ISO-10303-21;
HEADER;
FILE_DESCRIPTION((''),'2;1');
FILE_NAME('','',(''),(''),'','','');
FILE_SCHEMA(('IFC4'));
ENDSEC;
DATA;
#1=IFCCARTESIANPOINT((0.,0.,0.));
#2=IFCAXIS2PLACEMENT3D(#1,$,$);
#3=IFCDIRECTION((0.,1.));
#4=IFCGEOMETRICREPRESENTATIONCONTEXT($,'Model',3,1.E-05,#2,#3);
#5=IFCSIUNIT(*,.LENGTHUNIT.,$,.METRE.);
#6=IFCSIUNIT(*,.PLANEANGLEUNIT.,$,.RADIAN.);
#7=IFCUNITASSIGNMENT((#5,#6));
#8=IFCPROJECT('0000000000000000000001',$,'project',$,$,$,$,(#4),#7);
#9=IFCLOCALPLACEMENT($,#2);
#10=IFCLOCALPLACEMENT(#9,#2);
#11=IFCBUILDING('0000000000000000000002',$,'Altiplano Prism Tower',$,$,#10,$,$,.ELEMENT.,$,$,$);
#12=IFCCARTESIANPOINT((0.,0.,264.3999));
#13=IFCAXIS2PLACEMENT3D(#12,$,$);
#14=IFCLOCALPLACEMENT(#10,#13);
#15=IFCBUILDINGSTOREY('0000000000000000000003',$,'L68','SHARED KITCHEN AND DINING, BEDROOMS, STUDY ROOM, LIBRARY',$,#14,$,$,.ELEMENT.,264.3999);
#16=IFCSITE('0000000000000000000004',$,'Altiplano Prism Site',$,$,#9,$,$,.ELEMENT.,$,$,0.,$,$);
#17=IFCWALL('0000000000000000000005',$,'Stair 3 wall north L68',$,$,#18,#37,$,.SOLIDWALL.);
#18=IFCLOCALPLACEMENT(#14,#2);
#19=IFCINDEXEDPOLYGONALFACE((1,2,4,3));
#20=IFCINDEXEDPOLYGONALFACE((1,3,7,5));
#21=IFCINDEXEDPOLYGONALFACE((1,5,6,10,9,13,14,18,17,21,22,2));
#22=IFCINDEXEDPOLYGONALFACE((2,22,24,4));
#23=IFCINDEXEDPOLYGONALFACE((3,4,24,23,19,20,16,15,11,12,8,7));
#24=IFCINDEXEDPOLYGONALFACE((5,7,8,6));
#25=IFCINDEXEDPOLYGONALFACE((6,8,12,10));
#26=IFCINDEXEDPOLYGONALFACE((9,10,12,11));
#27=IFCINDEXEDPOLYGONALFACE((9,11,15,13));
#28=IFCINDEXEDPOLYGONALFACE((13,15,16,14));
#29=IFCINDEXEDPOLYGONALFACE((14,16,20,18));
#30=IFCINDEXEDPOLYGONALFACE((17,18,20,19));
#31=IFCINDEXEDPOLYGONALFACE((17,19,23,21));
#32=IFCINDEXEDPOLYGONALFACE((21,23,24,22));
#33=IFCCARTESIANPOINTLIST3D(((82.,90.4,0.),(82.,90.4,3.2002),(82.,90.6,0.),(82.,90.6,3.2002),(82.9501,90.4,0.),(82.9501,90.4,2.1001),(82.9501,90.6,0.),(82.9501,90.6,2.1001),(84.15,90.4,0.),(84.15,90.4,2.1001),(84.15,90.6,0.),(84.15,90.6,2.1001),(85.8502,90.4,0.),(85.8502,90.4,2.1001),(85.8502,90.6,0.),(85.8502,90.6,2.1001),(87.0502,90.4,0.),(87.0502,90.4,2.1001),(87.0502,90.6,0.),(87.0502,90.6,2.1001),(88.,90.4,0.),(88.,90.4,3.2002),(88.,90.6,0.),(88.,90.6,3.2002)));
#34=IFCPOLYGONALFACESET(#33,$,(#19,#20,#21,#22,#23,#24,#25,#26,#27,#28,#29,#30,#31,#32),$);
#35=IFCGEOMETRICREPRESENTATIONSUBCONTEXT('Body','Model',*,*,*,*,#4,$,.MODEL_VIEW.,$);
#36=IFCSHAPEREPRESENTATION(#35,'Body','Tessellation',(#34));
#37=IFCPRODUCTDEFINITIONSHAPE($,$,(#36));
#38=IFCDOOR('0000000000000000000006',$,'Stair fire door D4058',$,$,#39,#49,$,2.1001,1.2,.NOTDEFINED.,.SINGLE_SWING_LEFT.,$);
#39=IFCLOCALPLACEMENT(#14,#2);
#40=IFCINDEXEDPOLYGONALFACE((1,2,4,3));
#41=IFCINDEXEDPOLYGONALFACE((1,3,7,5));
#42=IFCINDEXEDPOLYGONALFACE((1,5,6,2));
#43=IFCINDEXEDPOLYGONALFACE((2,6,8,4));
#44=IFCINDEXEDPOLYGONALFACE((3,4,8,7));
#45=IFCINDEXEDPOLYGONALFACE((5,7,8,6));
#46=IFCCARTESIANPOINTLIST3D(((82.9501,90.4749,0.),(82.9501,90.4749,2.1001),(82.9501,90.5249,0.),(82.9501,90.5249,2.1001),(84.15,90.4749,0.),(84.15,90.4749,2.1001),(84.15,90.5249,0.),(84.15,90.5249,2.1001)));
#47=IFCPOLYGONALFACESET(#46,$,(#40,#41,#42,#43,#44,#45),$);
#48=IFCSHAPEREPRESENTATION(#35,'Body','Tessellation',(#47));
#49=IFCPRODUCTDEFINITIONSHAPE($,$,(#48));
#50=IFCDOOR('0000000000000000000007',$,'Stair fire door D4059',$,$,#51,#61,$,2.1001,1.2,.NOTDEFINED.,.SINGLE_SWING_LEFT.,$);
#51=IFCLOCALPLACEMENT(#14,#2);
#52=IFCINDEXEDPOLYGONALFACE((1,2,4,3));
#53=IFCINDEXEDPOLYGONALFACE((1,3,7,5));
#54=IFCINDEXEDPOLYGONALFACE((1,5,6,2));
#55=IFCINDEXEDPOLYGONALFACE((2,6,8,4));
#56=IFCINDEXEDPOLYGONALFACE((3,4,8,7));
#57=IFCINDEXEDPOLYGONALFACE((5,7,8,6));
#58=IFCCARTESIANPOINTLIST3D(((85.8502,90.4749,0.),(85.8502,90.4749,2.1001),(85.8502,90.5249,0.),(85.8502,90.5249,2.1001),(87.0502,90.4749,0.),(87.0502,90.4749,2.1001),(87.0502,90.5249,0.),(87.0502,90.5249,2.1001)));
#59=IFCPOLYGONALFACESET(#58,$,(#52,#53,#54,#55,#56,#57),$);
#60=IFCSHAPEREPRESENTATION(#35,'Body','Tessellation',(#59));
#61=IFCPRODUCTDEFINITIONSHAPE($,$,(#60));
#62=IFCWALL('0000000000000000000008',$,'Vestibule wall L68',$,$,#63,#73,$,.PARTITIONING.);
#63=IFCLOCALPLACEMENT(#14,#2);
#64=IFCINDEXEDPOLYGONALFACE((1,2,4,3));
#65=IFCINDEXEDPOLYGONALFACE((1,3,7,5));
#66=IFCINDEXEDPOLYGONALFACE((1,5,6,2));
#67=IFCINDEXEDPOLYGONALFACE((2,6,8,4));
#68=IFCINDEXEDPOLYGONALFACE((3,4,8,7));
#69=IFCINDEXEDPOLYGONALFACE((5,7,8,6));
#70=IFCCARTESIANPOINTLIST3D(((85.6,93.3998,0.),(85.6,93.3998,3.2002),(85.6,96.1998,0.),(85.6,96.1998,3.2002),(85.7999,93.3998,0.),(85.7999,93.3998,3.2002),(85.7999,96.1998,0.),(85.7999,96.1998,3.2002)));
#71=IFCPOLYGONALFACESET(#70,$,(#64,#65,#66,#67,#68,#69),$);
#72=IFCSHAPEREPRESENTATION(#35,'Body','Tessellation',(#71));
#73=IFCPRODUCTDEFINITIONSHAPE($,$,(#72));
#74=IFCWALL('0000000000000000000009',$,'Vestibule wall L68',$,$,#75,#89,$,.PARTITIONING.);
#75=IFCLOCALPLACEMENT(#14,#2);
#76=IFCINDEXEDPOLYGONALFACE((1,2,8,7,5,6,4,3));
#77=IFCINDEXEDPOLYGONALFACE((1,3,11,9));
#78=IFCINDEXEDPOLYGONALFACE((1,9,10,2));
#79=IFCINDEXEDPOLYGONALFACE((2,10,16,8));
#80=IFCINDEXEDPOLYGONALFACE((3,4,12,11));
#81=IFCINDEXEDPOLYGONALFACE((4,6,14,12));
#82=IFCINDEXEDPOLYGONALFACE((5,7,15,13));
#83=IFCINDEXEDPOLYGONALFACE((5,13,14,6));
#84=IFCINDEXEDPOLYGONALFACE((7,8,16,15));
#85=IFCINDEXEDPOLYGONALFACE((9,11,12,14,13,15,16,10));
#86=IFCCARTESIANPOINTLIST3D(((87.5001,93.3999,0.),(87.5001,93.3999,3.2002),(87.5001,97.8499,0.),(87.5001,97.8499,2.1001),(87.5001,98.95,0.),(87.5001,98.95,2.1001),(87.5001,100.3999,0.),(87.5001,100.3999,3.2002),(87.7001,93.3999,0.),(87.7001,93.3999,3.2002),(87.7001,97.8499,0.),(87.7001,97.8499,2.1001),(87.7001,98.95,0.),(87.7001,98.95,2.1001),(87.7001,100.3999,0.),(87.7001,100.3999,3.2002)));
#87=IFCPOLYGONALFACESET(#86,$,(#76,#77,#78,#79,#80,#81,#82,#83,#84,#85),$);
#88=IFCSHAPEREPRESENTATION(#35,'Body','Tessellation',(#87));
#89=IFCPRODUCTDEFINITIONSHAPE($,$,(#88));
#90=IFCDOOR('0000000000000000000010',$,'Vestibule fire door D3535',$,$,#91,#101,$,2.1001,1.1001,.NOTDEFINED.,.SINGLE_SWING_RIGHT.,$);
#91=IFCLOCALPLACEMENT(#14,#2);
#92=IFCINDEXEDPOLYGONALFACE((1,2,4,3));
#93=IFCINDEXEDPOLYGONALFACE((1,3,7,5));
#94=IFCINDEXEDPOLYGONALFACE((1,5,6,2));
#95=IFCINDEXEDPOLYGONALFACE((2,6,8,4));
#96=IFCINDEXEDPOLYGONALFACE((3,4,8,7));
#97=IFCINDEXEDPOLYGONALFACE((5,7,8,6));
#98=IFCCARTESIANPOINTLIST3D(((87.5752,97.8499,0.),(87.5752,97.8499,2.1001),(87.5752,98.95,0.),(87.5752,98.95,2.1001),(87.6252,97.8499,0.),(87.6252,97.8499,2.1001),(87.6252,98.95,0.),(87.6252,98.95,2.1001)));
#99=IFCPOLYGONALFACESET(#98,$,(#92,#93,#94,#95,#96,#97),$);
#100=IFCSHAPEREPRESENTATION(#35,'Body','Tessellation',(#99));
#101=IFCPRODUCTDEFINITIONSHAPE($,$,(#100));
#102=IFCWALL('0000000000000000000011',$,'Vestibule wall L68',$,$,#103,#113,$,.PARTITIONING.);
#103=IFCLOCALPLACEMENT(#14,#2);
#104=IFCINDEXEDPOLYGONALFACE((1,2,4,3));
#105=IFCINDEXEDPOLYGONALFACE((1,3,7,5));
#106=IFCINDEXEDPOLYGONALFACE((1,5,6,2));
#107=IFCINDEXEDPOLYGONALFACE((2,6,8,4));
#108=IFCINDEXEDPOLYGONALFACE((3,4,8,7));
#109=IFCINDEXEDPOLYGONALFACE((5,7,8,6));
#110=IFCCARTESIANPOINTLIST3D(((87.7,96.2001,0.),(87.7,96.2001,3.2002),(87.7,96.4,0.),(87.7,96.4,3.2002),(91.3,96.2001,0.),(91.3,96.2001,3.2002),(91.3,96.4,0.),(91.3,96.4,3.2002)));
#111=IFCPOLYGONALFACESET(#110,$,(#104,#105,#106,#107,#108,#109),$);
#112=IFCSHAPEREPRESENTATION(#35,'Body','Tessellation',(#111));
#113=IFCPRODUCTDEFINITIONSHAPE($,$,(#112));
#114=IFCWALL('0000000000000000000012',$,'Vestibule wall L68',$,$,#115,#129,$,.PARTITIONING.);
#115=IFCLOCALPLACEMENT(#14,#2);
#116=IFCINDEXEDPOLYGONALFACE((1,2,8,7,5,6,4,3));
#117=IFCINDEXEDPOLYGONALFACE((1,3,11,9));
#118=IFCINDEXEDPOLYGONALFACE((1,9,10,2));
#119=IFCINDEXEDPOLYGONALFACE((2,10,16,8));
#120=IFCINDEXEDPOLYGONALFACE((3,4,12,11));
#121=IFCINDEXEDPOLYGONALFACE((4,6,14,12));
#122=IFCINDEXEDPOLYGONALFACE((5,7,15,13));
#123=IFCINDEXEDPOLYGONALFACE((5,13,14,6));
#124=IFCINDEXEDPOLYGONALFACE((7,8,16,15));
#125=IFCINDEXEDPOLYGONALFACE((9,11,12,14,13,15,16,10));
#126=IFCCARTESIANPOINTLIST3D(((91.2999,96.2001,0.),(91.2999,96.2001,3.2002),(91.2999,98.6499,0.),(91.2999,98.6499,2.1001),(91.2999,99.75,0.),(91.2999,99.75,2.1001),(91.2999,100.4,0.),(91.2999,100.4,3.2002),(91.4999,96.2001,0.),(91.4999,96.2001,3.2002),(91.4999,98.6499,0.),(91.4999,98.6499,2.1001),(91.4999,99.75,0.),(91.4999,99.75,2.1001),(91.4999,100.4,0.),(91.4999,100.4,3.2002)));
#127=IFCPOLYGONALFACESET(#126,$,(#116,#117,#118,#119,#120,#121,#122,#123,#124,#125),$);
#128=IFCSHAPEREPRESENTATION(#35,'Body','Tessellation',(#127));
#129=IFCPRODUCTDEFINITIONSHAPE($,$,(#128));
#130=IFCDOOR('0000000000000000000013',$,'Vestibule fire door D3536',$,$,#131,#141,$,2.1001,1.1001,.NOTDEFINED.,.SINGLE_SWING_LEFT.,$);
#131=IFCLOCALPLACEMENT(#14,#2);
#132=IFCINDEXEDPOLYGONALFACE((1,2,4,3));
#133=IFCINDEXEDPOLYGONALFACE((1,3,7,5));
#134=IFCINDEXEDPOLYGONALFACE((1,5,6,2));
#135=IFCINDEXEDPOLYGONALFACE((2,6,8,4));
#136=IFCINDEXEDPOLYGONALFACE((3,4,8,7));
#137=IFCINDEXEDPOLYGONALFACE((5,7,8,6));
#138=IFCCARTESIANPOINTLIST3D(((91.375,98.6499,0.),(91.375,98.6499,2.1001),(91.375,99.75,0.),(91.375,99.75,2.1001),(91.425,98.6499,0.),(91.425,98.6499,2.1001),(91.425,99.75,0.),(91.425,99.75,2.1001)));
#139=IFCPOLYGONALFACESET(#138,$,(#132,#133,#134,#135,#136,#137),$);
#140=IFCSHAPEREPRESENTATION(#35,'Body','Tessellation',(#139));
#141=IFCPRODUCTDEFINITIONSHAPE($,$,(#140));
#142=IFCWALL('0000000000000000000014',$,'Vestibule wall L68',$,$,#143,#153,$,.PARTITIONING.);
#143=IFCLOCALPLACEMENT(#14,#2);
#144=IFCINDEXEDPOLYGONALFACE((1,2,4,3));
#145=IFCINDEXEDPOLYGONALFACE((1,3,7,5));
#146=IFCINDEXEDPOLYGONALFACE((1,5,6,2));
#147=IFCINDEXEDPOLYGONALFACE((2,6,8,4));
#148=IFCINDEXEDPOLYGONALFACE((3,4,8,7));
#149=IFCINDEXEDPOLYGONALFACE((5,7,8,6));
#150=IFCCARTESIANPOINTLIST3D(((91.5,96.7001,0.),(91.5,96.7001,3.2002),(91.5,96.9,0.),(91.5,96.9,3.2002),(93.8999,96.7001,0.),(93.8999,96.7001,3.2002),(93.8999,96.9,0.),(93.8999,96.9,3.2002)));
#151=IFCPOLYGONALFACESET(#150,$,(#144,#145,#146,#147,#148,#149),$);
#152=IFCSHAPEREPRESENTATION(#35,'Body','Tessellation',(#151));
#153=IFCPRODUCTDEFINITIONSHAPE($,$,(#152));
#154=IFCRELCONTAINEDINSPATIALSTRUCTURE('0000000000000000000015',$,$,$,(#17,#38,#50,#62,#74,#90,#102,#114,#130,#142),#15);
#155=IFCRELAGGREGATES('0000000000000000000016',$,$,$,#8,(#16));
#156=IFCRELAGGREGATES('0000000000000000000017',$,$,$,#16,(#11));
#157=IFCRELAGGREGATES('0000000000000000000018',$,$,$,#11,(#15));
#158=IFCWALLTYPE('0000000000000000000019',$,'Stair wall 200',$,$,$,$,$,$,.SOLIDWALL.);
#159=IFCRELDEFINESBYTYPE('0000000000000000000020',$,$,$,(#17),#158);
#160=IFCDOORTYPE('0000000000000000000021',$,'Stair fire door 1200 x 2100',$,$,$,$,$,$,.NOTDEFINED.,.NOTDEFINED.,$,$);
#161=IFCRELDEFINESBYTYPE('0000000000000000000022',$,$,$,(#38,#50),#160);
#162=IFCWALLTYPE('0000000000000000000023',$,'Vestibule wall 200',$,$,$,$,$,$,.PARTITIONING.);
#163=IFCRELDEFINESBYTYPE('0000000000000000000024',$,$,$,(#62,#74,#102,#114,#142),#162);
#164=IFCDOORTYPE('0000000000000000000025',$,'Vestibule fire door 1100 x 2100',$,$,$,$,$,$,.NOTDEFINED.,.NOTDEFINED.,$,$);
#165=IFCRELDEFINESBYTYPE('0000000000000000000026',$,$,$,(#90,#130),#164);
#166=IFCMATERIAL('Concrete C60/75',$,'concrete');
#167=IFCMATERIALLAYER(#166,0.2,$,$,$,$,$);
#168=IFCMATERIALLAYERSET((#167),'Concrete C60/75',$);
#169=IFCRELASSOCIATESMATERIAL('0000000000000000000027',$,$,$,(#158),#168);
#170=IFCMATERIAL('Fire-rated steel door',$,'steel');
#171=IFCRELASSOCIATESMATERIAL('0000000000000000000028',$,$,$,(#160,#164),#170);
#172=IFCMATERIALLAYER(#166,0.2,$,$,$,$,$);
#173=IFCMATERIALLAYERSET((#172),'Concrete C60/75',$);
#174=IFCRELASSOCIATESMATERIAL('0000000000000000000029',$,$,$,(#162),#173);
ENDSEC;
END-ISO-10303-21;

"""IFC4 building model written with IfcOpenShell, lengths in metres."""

from ifc_helpers import new_model, si_unit, direction, frame, frame_2d, origin, place, context, subcontext, project, spatial, rectangle, extrude, material, layer, layer_set, type_object, element, fill, save


model = new_model("IFC4")

# Units and contexts
model_context = context("Model", 3, precision=1e-05, world=origin(), true_north=direction((0.0, 1.0)))
body_context = subcontext(model_context, "Body", "Model", "MODEL_VIEW")
ifc_project = project(units=[si_unit("LENGTHUNIT", "METRE"), si_unit("PLANEANGLEUNIT", "RADIAN")], contexts=[model_context])

# Site, building, storey
site_placement = place(None, origin())
site = spatial("IfcSite", under=ifc_project, at=site_placement, Name="Altiplano Prism Site", CompositionType="ELEMENT", RefElevation=0.0)
building_placement = place(site_placement, origin())
building = spatial("IfcBuilding", under=site, at=building_placement, Name="Altiplano Prism Tower", CompositionType="ELEMENT")
storey_placement = place(building_placement, frame((0.0, 0.0, 264.3999)))
storey = spatial("IfcBuildingStorey", under=building, at=storey_placement, Name="L68", Description="SHARED KITCHEN AND DINING, BEDROOMS, STUDY ROOM, LIBRARY", CompositionType="ELEMENT", Elevation=264.3999)

# Shared definitions
ifc_material_1 = material(Name="Concrete C60/75", Category="concrete")

# Shared definitions
ifc_layer_1 = layer(ifc_material_1, 0.2)
ifc_layer_set_1 = layer_set([ifc_layer_1], Name="Concrete C60/75")
wall_type_1 = type_object("IfcWallType", Name="Stair wall 200", PredefinedType="SOLIDWALL", material=ifc_layer_set_1)
ifc_material_2 = material(Name="Fire-rated steel door", Category="steel")

# Wall, openings, doors
wall_1_placement = place(storey_placement, frame((82.0, 90.5, 0.0), z_axis=(0.0, 0.0, 1.0), x_axis=(1.0, 0.0, 0.0)))
wall_1 = element("IfcWall", 1, at=wall_1_placement, inside=storey, type_object=wall_type_1, Name="Stair 3 wall north L68", PredefinedType="SOLIDWALL", context=body_context, shape_type="SweptSolid", body=[
    extrude(rectangle(XDim=6.0, YDim=0.2, at=frame_2d((3.0, 0.0))), origin(), (0.0, 0.0, 1.0), 3.2002),
])
opening_1_placement = place(wall_1_placement, frame((0.95, 0.0, 0.0)))
opening_1 = element("IfcOpeningElement", 2, at=opening_1_placement, cuts=wall_1, PredefinedType="OPENING", context=body_context, shape_type="SweptSolid", body=[
    extrude(rectangle(XDim=1.2, YDim=2.1001, at=frame_2d((0.6001, 1.05))), frame((0.0, 0.1104, 0.0), z_axis=(0.0, -1.0, 0.0), x_axis=(1.0, 0.0, 0.0)), (0.0, 0.0, 1.0), 0.2209),
])
opening_2_placement = place(wall_1_placement, frame((3.8501, 0.0, 0.0)))
opening_2 = element("IfcOpeningElement", 3, at=opening_2_placement, cuts=wall_1, PredefinedType="OPENING", context=body_context, shape_type="SweptSolid", body=[
    extrude(rectangle(XDim=1.2, YDim=2.1001, at=frame_2d((0.6001, 1.05))), frame((0.0, 0.1104, 0.0), z_axis=(0.0, -1.0, 0.0), x_axis=(1.0, 0.0, 0.0)), (0.0, 0.0, 1.0), 0.2209),
])
door_type_1 = type_object("IfcDoorType", Name="Stair fire door 1200 x 2100", OperationType="NOTDEFINED", PredefinedType="NOTDEFINED", material=ifc_material_2)
door_1_placement = place(opening_1_placement, origin())
door_1 = element("IfcDoor", 4, at=door_1_placement, inside=storey, type_object=door_type_1, Name="Stair fire door D4058", OperationType="SINGLE_SWING_LEFT", OverallHeight=2.1001, OverallWidth=1.2, PredefinedType="NOTDEFINED", context=body_context, shape_type="SweptSolid", body=[
    extrude(rectangle(XDim=1.2, YDim=2.1001, at=frame_2d((0.6001, 1.05))), frame((0.0, 0.0249, 0.0), z_axis=(0.0, -1.0, 0.0), x_axis=(1.0, 0.0, 0.0)), (0.0, 0.0, 1.0), 0.05),
])
fill(opening_1, door_1)
door_2_placement = place(opening_2_placement, origin())
door_2 = element("IfcDoor", 5, at=door_2_placement, inside=storey, type_object=door_type_1, Name="Stair fire door D4059", OperationType="SINGLE_SWING_LEFT", OverallHeight=2.1001, OverallWidth=1.2, PredefinedType="NOTDEFINED", context=body_context, shape_type="SweptSolid", body=[
    extrude(rectangle(XDim=1.2, YDim=2.1001, at=frame_2d((0.6001, 1.05))), frame((0.0, 0.0249, 0.0), z_axis=(0.0, -1.0, 0.0), x_axis=(1.0, 0.0, 0.0)), (0.0, 0.0, 1.0), 0.05),
])
fill(opening_2, door_2)

# Wall
ifc_layer_2 = layer(ifc_material_1, 0.2)
ifc_layer_set_2 = layer_set([ifc_layer_2], Name="Concrete C60/75")
wall_type_2 = type_object("IfcWallType", Name="Vestibule wall 200", PredefinedType="PARTITIONING", material=ifc_layer_set_2)
wall_2_placement = place(storey_placement, frame((85.7, 93.3999, 0.0), z_axis=(0.0, 0.0, 1.0), x_axis=(0.0, 1.0, 0.0)))
element("IfcWall", 6, at=wall_2_placement, inside=storey, type_object=wall_type_2, Name="Vestibule wall L68", PredefinedType="PARTITIONING", context=body_context, shape_type="SweptSolid", body=[
    extrude(rectangle(XDim=2.8, YDim=0.2, at=frame_2d((1.3999, 0.0))), origin(), (0.0, 0.0, 1.0), 3.2002),
])

# Wall, opening, door
wall_3_placement = place(storey_placement, frame((87.6001, 93.3999, 0.0), z_axis=(0.0, 0.0, 1.0), x_axis=(0.0, 1.0, 0.0)))
wall_3 = element("IfcWall", 7, at=wall_3_placement, inside=storey, type_object=wall_type_2, Name="Vestibule wall L68", PredefinedType="PARTITIONING", context=body_context, shape_type="SweptSolid", body=[
    extrude(rectangle(XDim=7.0, YDim=0.2, at=frame_2d((3.5, 0.0))), origin(), (0.0, 0.0, 1.0), 3.2002),
])
opening_3_placement = place(wall_3_placement, frame((4.45, 0.0, 0.0)))
opening_3 = element("IfcOpeningElement", 8, at=opening_3_placement, cuts=wall_3, PredefinedType="OPENING", context=body_context, shape_type="SweptSolid", body=[
    extrude(rectangle(XDim=1.1001, YDim=2.1001, at=frame_2d((0.55, 1.05))), frame((0.0, 0.1104, 0.0), z_axis=(0.0, -1.0, 0.0), x_axis=(1.0, 0.0, 0.0)), (0.0, 0.0, 1.0), 0.2209),
])
door_type_2 = type_object("IfcDoorType", Name="Vestibule fire door 1100 x 2100", OperationType="NOTDEFINED", PredefinedType="NOTDEFINED", material=ifc_material_2)
door_3_placement = place(opening_3_placement, origin())
door_3 = element("IfcDoor", 9, at=door_3_placement, inside=storey, type_object=door_type_2, Name="Vestibule fire door D3535", OperationType="SINGLE_SWING_RIGHT", OverallHeight=2.1001, OverallWidth=1.1001, PredefinedType="NOTDEFINED", context=body_context, shape_type="SweptSolid", body=[
    extrude(rectangle(XDim=1.1001, YDim=2.1001, at=frame_2d((0.55, 1.05))), frame((0.0, 0.0249, 0.0), z_axis=(0.0, -1.0, 0.0), x_axis=(1.0, 0.0, 0.0)), (0.0, 0.0, 1.0), 0.05),
])
fill(opening_3, door_3)

# Wall
wall_4_placement = place(storey_placement, frame((87.7, 96.3, 0.0), z_axis=(0.0, 0.0, 1.0), x_axis=(1.0, 0.0, 0.0)))
element("IfcWall", 10, at=wall_4_placement, inside=storey, type_object=wall_type_2, Name="Vestibule wall L68", PredefinedType="PARTITIONING", context=body_context, shape_type="SweptSolid", body=[
    extrude(rectangle(XDim=3.6001, YDim=0.2, at=frame_2d((1.8, 0.0))), origin(), (0.0, 0.0, 1.0), 3.2002),
])

# Wall, opening, door
wall_5_placement = place(storey_placement, frame((91.3999, 96.2, 0.0), z_axis=(0.0, 0.0, 1.0), x_axis=(0.0, 1.0, 0.0)))
wall_5 = element("IfcWall", 11, at=wall_5_placement, inside=storey, type_object=wall_type_2, Name="Vestibule wall L68", PredefinedType="PARTITIONING", context=body_context, shape_type="SweptSolid", body=[
    extrude(rectangle(XDim=4.2, YDim=0.2, at=frame_2d((2.1001, 0.0))), origin(), (0.0, 0.0, 1.0), 3.2002),
])
opening_4_placement = place(wall_5_placement, frame((2.45, 0.0, 0.0)))
opening_4 = element("IfcOpeningElement", 12, at=opening_4_placement, cuts=wall_5, PredefinedType="OPENING", context=body_context, shape_type="SweptSolid", body=[
    extrude(rectangle(XDim=1.1001, YDim=2.1001, at=frame_2d((0.55, 1.05))), frame((0.0, 0.1104, 0.0), z_axis=(0.0, -1.0, 0.0), x_axis=(1.0, 0.0, 0.0)), (0.0, 0.0, 1.0), 0.2209),
])
door_4_placement = place(opening_4_placement, origin())
door_4 = element("IfcDoor", 13, at=door_4_placement, inside=storey, type_object=door_type_2, Name="Vestibule fire door D3536", OperationType="SINGLE_SWING_LEFT", OverallHeight=2.1001, OverallWidth=1.1001, PredefinedType="NOTDEFINED", context=body_context, shape_type="SweptSolid", body=[
    extrude(rectangle(XDim=1.1001, YDim=2.1001, at=frame_2d((0.55, 1.05))), frame((0.0, 0.0249, 0.0), z_axis=(0.0, -1.0, 0.0), x_axis=(1.0, 0.0, 0.0)), (0.0, 0.0, 1.0), 0.05),
])
fill(opening_4, door_4)

# Wall
wall_6_placement = place(storey_placement, frame((91.5, 96.8, 0.0), z_axis=(0.0, 0.0, 1.0), x_axis=(1.0, 0.0, 0.0)))
element("IfcWall", 14, at=wall_6_placement, inside=storey, type_object=wall_type_2, Name="Vestibule wall L68", PredefinedType="PARTITIONING", context=body_context, shape_type="SweptSolid", body=[
    extrude(rectangle(XDim=2.3999, YDim=0.2, at=frame_2d((1.2, 0.0))), origin(), (0.0, 0.0, 1.0), 3.2002),
])

save(model, "model.ifc")
